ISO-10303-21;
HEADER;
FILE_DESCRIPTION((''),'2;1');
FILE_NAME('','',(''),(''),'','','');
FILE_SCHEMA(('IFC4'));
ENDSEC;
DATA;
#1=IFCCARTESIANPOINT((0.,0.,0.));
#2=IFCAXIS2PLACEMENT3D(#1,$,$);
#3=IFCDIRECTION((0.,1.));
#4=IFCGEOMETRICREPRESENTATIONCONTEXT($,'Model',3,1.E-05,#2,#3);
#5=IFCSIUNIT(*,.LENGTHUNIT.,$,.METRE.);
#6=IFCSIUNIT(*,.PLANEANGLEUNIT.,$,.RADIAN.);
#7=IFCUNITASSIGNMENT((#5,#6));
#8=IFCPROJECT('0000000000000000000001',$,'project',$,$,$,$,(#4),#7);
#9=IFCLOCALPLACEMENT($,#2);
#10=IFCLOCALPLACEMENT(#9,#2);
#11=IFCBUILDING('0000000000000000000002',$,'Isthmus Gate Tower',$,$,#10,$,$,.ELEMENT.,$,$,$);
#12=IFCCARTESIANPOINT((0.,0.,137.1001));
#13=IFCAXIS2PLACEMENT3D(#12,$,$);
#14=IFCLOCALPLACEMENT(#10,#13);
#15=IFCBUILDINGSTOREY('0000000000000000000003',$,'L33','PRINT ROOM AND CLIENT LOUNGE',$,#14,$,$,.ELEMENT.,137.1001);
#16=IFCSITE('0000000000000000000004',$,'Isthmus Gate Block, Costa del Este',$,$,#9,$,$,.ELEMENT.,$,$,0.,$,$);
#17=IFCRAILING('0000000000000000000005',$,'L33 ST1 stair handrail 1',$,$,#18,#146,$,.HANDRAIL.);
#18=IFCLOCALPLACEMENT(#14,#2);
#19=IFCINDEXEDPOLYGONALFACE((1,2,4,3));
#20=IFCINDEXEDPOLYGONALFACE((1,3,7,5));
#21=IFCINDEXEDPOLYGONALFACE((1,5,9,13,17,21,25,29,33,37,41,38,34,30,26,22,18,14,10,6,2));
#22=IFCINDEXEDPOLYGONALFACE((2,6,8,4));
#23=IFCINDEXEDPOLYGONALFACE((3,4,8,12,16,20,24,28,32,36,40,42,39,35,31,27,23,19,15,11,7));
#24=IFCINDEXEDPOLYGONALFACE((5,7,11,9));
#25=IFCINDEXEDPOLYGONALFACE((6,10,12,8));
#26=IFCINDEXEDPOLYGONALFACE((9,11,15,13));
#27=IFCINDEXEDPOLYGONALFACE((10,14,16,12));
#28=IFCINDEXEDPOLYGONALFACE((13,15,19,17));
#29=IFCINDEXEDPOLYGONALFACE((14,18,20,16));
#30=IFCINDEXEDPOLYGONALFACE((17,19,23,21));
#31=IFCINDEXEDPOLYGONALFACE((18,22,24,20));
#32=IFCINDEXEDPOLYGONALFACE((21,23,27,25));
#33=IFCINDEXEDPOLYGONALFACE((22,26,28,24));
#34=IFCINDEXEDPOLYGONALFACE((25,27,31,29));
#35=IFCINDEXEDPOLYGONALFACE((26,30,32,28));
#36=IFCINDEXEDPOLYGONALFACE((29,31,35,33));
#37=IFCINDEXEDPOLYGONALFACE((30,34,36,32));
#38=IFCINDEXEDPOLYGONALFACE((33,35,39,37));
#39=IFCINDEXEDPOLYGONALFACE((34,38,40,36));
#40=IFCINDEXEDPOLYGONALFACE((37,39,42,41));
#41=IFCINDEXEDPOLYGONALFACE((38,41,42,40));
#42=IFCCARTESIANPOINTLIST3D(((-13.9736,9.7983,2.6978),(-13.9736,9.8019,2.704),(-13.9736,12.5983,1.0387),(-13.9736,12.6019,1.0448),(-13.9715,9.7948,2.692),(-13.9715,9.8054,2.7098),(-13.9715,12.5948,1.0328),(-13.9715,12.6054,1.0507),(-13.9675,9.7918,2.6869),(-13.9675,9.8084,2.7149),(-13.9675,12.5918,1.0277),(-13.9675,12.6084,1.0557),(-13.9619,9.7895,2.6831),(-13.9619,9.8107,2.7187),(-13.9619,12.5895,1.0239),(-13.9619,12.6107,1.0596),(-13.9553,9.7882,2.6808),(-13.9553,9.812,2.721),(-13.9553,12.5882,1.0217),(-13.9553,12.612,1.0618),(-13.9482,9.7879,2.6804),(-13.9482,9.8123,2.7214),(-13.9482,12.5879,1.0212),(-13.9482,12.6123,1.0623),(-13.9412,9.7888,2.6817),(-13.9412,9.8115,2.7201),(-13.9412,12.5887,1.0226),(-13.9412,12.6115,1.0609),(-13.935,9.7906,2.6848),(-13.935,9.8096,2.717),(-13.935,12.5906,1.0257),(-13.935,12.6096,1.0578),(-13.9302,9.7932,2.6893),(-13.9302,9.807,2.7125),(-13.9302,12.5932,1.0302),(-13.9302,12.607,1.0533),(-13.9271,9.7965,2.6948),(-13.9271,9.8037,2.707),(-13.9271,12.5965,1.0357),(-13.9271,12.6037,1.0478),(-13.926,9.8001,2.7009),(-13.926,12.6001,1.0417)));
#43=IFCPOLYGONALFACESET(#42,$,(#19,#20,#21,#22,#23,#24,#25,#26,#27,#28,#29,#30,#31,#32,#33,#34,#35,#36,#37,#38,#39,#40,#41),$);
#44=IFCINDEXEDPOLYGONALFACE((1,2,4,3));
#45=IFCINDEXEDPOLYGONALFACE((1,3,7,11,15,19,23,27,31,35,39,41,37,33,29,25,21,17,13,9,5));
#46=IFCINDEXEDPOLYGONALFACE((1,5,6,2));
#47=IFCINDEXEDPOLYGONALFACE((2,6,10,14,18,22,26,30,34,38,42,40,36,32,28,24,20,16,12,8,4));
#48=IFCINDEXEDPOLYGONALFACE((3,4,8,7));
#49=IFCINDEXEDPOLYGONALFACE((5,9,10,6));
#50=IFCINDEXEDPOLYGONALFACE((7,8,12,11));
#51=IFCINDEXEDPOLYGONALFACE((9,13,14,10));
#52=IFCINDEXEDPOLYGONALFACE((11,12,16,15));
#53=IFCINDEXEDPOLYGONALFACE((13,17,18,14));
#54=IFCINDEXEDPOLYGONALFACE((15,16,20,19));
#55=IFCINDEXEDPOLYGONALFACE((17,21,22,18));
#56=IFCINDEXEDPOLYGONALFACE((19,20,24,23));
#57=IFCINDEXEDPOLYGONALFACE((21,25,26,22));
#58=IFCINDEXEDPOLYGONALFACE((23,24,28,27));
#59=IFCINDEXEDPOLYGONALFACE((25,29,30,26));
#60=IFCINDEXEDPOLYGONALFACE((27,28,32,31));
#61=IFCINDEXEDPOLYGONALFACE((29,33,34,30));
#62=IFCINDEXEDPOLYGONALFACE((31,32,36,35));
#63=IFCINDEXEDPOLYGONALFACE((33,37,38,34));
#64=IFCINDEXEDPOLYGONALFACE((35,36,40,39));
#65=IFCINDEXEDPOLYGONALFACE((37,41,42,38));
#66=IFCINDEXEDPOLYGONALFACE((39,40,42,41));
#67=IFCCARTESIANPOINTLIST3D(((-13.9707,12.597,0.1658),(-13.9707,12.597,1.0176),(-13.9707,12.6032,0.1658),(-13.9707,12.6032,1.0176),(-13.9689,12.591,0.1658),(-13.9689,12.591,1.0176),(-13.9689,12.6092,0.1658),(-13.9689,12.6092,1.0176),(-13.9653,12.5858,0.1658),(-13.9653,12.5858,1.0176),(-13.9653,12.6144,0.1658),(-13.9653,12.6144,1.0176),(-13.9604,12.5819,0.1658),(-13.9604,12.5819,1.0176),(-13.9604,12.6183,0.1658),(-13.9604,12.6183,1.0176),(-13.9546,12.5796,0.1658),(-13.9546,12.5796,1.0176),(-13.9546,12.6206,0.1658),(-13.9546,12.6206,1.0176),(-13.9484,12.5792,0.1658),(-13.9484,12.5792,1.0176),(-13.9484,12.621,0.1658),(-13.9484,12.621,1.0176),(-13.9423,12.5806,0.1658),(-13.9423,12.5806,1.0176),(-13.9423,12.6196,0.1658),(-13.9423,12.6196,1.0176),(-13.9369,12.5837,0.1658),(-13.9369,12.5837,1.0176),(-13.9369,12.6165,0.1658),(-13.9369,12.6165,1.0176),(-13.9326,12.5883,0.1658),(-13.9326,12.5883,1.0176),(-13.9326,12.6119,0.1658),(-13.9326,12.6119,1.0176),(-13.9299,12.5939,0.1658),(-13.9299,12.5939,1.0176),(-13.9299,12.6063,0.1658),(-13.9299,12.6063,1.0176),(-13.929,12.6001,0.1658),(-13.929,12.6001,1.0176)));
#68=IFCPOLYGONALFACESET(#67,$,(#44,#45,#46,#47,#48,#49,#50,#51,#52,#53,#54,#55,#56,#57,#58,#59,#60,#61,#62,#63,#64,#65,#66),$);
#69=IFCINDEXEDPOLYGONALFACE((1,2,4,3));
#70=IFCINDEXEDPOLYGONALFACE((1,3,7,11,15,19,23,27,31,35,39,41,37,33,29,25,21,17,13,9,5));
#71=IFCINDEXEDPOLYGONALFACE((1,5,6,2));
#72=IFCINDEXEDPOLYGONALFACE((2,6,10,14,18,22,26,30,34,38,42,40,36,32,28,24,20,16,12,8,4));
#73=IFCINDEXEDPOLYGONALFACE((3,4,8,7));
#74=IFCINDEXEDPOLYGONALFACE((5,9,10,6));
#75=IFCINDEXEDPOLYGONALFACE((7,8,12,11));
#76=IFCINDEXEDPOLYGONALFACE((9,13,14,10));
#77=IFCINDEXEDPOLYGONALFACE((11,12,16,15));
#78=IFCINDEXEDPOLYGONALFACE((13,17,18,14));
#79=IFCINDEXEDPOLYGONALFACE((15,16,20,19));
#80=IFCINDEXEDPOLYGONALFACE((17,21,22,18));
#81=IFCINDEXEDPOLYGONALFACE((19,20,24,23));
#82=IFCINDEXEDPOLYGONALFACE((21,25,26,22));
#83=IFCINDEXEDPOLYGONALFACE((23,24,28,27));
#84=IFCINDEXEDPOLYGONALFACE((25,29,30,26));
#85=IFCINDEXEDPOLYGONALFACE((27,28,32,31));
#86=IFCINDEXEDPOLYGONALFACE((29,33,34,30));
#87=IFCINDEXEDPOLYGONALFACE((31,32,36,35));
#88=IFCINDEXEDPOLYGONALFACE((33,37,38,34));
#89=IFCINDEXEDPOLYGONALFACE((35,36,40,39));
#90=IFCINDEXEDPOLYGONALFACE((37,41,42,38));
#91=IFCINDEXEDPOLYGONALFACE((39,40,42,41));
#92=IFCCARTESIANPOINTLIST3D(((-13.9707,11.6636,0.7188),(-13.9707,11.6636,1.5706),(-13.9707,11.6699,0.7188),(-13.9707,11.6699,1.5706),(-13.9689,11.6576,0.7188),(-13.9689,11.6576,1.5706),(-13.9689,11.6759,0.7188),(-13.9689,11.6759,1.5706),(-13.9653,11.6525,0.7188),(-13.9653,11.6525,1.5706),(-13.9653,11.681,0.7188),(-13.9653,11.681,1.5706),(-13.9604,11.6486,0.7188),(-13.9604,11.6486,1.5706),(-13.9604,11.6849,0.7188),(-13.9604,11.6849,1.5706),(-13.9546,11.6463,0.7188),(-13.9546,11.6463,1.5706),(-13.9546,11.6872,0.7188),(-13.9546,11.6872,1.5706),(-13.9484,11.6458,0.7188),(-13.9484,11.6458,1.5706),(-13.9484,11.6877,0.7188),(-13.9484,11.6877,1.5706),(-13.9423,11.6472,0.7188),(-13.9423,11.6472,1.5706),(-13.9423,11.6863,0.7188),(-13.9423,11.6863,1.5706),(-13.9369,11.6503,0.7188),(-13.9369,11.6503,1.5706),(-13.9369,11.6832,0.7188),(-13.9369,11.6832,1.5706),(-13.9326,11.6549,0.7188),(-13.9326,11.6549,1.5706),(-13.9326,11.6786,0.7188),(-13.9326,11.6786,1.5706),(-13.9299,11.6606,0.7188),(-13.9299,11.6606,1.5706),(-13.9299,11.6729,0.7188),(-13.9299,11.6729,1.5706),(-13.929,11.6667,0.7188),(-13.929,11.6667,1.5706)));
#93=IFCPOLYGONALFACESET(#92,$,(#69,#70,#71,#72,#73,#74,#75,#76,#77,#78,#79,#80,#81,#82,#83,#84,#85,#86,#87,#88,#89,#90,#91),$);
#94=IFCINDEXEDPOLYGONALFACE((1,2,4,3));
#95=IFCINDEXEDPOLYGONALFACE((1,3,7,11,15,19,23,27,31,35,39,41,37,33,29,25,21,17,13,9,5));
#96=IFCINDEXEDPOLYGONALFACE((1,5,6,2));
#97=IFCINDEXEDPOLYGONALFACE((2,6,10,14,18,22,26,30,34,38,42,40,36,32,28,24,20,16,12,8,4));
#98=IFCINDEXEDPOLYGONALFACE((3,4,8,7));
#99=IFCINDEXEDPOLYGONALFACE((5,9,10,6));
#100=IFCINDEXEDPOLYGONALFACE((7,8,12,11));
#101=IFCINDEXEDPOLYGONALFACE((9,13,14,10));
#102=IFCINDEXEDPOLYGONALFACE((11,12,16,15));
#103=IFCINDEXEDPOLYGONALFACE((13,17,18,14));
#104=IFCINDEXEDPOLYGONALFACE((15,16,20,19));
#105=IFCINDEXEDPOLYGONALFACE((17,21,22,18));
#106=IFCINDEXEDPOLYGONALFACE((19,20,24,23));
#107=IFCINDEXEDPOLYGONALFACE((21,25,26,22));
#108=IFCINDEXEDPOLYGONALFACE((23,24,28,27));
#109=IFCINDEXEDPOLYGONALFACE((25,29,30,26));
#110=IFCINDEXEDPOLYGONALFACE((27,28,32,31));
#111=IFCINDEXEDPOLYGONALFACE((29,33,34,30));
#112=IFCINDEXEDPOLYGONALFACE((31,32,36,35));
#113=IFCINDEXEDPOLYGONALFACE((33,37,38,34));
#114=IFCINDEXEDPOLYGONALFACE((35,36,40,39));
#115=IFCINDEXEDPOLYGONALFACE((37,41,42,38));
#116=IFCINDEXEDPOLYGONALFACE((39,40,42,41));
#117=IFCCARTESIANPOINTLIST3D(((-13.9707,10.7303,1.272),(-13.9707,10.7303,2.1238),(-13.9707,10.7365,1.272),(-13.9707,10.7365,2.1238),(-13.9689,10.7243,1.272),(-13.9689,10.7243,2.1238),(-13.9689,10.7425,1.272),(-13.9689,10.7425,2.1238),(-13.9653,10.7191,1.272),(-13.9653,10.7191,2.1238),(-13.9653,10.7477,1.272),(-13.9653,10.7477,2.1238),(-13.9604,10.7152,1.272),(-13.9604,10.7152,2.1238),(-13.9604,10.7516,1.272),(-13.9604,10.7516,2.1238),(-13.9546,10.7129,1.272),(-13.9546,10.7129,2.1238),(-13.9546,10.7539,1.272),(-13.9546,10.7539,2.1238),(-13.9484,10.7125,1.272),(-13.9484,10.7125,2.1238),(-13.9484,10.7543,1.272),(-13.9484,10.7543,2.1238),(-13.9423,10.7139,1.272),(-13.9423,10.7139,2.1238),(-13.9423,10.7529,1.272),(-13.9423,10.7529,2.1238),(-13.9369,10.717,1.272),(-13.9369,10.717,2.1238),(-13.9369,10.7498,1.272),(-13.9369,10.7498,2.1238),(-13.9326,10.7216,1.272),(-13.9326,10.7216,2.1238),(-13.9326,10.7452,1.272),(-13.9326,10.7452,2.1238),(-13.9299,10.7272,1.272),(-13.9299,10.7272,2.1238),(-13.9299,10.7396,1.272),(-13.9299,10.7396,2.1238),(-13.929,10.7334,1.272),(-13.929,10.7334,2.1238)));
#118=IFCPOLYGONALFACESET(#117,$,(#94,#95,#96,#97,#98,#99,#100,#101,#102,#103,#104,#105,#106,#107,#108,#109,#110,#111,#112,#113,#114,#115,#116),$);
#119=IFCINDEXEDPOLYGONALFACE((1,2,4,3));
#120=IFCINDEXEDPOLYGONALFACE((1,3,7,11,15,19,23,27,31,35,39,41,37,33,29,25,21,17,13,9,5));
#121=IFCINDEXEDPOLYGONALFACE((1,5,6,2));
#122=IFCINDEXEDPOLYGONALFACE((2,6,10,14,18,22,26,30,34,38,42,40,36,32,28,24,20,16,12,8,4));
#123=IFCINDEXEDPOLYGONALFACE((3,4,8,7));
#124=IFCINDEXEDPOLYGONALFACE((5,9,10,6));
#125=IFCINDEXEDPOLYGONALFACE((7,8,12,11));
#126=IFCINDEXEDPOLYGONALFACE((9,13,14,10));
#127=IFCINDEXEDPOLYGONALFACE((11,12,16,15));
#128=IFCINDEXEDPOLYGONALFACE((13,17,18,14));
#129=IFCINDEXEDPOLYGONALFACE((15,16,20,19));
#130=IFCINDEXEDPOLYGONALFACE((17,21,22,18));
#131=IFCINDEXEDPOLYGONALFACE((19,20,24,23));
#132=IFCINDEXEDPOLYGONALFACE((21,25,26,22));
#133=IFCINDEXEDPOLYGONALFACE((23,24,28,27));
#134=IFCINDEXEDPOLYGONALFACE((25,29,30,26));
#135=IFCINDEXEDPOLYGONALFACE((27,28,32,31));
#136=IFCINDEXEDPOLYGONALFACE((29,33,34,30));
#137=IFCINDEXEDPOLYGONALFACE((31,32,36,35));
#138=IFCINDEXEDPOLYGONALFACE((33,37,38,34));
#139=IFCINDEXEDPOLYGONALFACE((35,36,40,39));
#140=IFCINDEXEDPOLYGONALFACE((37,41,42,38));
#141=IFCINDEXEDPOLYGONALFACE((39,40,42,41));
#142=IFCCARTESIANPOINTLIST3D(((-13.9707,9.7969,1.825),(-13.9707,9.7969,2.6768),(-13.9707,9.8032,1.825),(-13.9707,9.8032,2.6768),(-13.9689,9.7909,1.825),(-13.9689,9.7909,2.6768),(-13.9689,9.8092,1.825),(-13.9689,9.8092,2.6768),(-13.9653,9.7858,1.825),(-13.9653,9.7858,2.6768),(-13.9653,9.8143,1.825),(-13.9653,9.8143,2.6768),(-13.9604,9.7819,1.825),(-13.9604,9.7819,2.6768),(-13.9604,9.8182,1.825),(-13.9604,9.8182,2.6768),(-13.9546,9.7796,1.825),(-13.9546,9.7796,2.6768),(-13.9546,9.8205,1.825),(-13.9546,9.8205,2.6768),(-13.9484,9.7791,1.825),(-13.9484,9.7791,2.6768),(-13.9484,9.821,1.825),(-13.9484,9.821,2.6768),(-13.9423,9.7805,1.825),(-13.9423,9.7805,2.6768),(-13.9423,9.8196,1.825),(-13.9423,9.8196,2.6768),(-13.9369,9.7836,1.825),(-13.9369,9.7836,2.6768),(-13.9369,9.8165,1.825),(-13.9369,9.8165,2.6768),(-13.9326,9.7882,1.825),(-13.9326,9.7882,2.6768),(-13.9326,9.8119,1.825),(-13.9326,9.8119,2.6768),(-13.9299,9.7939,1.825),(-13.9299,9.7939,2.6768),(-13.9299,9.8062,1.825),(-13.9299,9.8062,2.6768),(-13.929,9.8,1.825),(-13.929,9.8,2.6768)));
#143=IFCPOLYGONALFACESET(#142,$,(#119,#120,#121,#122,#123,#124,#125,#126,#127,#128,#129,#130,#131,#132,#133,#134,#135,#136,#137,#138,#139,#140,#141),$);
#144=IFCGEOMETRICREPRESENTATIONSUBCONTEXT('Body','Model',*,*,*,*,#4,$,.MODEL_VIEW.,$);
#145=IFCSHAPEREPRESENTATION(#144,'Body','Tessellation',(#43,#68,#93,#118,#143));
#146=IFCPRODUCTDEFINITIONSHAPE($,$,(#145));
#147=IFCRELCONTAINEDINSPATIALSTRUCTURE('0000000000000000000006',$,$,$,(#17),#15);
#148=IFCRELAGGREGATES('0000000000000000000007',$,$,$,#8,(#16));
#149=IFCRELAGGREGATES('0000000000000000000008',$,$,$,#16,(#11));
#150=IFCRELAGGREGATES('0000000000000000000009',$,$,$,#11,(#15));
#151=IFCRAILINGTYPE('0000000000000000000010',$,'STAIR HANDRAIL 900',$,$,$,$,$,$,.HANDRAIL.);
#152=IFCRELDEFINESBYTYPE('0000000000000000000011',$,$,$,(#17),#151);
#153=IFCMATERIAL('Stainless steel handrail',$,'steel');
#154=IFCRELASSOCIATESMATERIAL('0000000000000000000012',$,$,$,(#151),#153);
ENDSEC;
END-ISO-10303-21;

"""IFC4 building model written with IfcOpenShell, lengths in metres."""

from ifc_helpers import new_model, si_unit, direction, frame, origin, origin_2d, place, context, subcontext, project, spatial, circle, extrude, material, type_object, element, save


model = new_model("IFC4")

# Units and contexts
model_context = context("Model", 3, precision=1e-05, world=origin(), true_north=direction((0.0, 1.0)))
body_context = subcontext(model_context, "Body", "Model", "MODEL_VIEW")
ifc_project = project(units=[si_unit("LENGTHUNIT", "METRE"), si_unit("PLANEANGLEUNIT", "RADIAN")], contexts=[model_context])

# Site, building, storey
site_placement = place(None, origin())
site = spatial("IfcSite", under=ifc_project, at=site_placement, Name="Isthmus Gate Block, Costa del Este", CompositionType="ELEMENT", RefElevation=0.0)
building_placement = place(site_placement, origin())
building = spatial("IfcBuilding", under=site, at=building_placement, Name="Isthmus Gate Tower", CompositionType="ELEMENT")
storey_placement = place(building_placement, frame((0.0, 0.0, 137.1001)))
storey = spatial("IfcBuildingStorey", under=building, at=storey_placement, Name="L33", Description="PRINT ROOM AND CLIENT LOUNGE", CompositionType="ELEMENT", Elevation=137.1001)

# Railing
ifc_material_1 = material(Name="Stainless steel handrail", Category="steel")
railing_type_1 = type_object("IfcRailingType", Name="STAIR HANDRAIL 900", PredefinedType="HANDRAIL", material=ifc_material_1)
railing_1_placement = place(storey_placement, frame((-13.95, 12.6001, 0.1658)))
element("IfcRailing", 1, at=railing_1_placement, inside=storey, type_object=railing_type_1, Name="L33 ST1 stair handrail 1", PredefinedType="HANDRAIL", context=body_context, shape_type="SweptSolid", body=[
    extrude(circle(Radius=0.0239, at=origin_2d()), frame((0.0, 0.0, 0.876), z_axis=(0.0, -0.860306, 0.509778), x_axis=(1.0, 0.0, 0.0)), (0.0, 0.0, 1.0), 3.2546),
    extrude(circle(Radius=0.021, at=origin_2d()), origin(), (0.0, 0.0, 1.0), 0.8518),
    extrude(circle(Radius=0.021, at=origin_2d()), frame((0.0, -0.9333, 0.553)), (0.0, 0.0, 1.0), 0.8518),
    extrude(circle(Radius=0.021, at=origin_2d()), frame((0.0, -1.8667, 1.1062)), (0.0, 0.0, 1.0), 0.8518),
    extrude(circle(Radius=0.021, at=origin_2d()), frame((0.0, -2.8, 1.6592)), (0.0, 0.0, 1.0), 0.8518),
])

save(model, "model.ifc")
